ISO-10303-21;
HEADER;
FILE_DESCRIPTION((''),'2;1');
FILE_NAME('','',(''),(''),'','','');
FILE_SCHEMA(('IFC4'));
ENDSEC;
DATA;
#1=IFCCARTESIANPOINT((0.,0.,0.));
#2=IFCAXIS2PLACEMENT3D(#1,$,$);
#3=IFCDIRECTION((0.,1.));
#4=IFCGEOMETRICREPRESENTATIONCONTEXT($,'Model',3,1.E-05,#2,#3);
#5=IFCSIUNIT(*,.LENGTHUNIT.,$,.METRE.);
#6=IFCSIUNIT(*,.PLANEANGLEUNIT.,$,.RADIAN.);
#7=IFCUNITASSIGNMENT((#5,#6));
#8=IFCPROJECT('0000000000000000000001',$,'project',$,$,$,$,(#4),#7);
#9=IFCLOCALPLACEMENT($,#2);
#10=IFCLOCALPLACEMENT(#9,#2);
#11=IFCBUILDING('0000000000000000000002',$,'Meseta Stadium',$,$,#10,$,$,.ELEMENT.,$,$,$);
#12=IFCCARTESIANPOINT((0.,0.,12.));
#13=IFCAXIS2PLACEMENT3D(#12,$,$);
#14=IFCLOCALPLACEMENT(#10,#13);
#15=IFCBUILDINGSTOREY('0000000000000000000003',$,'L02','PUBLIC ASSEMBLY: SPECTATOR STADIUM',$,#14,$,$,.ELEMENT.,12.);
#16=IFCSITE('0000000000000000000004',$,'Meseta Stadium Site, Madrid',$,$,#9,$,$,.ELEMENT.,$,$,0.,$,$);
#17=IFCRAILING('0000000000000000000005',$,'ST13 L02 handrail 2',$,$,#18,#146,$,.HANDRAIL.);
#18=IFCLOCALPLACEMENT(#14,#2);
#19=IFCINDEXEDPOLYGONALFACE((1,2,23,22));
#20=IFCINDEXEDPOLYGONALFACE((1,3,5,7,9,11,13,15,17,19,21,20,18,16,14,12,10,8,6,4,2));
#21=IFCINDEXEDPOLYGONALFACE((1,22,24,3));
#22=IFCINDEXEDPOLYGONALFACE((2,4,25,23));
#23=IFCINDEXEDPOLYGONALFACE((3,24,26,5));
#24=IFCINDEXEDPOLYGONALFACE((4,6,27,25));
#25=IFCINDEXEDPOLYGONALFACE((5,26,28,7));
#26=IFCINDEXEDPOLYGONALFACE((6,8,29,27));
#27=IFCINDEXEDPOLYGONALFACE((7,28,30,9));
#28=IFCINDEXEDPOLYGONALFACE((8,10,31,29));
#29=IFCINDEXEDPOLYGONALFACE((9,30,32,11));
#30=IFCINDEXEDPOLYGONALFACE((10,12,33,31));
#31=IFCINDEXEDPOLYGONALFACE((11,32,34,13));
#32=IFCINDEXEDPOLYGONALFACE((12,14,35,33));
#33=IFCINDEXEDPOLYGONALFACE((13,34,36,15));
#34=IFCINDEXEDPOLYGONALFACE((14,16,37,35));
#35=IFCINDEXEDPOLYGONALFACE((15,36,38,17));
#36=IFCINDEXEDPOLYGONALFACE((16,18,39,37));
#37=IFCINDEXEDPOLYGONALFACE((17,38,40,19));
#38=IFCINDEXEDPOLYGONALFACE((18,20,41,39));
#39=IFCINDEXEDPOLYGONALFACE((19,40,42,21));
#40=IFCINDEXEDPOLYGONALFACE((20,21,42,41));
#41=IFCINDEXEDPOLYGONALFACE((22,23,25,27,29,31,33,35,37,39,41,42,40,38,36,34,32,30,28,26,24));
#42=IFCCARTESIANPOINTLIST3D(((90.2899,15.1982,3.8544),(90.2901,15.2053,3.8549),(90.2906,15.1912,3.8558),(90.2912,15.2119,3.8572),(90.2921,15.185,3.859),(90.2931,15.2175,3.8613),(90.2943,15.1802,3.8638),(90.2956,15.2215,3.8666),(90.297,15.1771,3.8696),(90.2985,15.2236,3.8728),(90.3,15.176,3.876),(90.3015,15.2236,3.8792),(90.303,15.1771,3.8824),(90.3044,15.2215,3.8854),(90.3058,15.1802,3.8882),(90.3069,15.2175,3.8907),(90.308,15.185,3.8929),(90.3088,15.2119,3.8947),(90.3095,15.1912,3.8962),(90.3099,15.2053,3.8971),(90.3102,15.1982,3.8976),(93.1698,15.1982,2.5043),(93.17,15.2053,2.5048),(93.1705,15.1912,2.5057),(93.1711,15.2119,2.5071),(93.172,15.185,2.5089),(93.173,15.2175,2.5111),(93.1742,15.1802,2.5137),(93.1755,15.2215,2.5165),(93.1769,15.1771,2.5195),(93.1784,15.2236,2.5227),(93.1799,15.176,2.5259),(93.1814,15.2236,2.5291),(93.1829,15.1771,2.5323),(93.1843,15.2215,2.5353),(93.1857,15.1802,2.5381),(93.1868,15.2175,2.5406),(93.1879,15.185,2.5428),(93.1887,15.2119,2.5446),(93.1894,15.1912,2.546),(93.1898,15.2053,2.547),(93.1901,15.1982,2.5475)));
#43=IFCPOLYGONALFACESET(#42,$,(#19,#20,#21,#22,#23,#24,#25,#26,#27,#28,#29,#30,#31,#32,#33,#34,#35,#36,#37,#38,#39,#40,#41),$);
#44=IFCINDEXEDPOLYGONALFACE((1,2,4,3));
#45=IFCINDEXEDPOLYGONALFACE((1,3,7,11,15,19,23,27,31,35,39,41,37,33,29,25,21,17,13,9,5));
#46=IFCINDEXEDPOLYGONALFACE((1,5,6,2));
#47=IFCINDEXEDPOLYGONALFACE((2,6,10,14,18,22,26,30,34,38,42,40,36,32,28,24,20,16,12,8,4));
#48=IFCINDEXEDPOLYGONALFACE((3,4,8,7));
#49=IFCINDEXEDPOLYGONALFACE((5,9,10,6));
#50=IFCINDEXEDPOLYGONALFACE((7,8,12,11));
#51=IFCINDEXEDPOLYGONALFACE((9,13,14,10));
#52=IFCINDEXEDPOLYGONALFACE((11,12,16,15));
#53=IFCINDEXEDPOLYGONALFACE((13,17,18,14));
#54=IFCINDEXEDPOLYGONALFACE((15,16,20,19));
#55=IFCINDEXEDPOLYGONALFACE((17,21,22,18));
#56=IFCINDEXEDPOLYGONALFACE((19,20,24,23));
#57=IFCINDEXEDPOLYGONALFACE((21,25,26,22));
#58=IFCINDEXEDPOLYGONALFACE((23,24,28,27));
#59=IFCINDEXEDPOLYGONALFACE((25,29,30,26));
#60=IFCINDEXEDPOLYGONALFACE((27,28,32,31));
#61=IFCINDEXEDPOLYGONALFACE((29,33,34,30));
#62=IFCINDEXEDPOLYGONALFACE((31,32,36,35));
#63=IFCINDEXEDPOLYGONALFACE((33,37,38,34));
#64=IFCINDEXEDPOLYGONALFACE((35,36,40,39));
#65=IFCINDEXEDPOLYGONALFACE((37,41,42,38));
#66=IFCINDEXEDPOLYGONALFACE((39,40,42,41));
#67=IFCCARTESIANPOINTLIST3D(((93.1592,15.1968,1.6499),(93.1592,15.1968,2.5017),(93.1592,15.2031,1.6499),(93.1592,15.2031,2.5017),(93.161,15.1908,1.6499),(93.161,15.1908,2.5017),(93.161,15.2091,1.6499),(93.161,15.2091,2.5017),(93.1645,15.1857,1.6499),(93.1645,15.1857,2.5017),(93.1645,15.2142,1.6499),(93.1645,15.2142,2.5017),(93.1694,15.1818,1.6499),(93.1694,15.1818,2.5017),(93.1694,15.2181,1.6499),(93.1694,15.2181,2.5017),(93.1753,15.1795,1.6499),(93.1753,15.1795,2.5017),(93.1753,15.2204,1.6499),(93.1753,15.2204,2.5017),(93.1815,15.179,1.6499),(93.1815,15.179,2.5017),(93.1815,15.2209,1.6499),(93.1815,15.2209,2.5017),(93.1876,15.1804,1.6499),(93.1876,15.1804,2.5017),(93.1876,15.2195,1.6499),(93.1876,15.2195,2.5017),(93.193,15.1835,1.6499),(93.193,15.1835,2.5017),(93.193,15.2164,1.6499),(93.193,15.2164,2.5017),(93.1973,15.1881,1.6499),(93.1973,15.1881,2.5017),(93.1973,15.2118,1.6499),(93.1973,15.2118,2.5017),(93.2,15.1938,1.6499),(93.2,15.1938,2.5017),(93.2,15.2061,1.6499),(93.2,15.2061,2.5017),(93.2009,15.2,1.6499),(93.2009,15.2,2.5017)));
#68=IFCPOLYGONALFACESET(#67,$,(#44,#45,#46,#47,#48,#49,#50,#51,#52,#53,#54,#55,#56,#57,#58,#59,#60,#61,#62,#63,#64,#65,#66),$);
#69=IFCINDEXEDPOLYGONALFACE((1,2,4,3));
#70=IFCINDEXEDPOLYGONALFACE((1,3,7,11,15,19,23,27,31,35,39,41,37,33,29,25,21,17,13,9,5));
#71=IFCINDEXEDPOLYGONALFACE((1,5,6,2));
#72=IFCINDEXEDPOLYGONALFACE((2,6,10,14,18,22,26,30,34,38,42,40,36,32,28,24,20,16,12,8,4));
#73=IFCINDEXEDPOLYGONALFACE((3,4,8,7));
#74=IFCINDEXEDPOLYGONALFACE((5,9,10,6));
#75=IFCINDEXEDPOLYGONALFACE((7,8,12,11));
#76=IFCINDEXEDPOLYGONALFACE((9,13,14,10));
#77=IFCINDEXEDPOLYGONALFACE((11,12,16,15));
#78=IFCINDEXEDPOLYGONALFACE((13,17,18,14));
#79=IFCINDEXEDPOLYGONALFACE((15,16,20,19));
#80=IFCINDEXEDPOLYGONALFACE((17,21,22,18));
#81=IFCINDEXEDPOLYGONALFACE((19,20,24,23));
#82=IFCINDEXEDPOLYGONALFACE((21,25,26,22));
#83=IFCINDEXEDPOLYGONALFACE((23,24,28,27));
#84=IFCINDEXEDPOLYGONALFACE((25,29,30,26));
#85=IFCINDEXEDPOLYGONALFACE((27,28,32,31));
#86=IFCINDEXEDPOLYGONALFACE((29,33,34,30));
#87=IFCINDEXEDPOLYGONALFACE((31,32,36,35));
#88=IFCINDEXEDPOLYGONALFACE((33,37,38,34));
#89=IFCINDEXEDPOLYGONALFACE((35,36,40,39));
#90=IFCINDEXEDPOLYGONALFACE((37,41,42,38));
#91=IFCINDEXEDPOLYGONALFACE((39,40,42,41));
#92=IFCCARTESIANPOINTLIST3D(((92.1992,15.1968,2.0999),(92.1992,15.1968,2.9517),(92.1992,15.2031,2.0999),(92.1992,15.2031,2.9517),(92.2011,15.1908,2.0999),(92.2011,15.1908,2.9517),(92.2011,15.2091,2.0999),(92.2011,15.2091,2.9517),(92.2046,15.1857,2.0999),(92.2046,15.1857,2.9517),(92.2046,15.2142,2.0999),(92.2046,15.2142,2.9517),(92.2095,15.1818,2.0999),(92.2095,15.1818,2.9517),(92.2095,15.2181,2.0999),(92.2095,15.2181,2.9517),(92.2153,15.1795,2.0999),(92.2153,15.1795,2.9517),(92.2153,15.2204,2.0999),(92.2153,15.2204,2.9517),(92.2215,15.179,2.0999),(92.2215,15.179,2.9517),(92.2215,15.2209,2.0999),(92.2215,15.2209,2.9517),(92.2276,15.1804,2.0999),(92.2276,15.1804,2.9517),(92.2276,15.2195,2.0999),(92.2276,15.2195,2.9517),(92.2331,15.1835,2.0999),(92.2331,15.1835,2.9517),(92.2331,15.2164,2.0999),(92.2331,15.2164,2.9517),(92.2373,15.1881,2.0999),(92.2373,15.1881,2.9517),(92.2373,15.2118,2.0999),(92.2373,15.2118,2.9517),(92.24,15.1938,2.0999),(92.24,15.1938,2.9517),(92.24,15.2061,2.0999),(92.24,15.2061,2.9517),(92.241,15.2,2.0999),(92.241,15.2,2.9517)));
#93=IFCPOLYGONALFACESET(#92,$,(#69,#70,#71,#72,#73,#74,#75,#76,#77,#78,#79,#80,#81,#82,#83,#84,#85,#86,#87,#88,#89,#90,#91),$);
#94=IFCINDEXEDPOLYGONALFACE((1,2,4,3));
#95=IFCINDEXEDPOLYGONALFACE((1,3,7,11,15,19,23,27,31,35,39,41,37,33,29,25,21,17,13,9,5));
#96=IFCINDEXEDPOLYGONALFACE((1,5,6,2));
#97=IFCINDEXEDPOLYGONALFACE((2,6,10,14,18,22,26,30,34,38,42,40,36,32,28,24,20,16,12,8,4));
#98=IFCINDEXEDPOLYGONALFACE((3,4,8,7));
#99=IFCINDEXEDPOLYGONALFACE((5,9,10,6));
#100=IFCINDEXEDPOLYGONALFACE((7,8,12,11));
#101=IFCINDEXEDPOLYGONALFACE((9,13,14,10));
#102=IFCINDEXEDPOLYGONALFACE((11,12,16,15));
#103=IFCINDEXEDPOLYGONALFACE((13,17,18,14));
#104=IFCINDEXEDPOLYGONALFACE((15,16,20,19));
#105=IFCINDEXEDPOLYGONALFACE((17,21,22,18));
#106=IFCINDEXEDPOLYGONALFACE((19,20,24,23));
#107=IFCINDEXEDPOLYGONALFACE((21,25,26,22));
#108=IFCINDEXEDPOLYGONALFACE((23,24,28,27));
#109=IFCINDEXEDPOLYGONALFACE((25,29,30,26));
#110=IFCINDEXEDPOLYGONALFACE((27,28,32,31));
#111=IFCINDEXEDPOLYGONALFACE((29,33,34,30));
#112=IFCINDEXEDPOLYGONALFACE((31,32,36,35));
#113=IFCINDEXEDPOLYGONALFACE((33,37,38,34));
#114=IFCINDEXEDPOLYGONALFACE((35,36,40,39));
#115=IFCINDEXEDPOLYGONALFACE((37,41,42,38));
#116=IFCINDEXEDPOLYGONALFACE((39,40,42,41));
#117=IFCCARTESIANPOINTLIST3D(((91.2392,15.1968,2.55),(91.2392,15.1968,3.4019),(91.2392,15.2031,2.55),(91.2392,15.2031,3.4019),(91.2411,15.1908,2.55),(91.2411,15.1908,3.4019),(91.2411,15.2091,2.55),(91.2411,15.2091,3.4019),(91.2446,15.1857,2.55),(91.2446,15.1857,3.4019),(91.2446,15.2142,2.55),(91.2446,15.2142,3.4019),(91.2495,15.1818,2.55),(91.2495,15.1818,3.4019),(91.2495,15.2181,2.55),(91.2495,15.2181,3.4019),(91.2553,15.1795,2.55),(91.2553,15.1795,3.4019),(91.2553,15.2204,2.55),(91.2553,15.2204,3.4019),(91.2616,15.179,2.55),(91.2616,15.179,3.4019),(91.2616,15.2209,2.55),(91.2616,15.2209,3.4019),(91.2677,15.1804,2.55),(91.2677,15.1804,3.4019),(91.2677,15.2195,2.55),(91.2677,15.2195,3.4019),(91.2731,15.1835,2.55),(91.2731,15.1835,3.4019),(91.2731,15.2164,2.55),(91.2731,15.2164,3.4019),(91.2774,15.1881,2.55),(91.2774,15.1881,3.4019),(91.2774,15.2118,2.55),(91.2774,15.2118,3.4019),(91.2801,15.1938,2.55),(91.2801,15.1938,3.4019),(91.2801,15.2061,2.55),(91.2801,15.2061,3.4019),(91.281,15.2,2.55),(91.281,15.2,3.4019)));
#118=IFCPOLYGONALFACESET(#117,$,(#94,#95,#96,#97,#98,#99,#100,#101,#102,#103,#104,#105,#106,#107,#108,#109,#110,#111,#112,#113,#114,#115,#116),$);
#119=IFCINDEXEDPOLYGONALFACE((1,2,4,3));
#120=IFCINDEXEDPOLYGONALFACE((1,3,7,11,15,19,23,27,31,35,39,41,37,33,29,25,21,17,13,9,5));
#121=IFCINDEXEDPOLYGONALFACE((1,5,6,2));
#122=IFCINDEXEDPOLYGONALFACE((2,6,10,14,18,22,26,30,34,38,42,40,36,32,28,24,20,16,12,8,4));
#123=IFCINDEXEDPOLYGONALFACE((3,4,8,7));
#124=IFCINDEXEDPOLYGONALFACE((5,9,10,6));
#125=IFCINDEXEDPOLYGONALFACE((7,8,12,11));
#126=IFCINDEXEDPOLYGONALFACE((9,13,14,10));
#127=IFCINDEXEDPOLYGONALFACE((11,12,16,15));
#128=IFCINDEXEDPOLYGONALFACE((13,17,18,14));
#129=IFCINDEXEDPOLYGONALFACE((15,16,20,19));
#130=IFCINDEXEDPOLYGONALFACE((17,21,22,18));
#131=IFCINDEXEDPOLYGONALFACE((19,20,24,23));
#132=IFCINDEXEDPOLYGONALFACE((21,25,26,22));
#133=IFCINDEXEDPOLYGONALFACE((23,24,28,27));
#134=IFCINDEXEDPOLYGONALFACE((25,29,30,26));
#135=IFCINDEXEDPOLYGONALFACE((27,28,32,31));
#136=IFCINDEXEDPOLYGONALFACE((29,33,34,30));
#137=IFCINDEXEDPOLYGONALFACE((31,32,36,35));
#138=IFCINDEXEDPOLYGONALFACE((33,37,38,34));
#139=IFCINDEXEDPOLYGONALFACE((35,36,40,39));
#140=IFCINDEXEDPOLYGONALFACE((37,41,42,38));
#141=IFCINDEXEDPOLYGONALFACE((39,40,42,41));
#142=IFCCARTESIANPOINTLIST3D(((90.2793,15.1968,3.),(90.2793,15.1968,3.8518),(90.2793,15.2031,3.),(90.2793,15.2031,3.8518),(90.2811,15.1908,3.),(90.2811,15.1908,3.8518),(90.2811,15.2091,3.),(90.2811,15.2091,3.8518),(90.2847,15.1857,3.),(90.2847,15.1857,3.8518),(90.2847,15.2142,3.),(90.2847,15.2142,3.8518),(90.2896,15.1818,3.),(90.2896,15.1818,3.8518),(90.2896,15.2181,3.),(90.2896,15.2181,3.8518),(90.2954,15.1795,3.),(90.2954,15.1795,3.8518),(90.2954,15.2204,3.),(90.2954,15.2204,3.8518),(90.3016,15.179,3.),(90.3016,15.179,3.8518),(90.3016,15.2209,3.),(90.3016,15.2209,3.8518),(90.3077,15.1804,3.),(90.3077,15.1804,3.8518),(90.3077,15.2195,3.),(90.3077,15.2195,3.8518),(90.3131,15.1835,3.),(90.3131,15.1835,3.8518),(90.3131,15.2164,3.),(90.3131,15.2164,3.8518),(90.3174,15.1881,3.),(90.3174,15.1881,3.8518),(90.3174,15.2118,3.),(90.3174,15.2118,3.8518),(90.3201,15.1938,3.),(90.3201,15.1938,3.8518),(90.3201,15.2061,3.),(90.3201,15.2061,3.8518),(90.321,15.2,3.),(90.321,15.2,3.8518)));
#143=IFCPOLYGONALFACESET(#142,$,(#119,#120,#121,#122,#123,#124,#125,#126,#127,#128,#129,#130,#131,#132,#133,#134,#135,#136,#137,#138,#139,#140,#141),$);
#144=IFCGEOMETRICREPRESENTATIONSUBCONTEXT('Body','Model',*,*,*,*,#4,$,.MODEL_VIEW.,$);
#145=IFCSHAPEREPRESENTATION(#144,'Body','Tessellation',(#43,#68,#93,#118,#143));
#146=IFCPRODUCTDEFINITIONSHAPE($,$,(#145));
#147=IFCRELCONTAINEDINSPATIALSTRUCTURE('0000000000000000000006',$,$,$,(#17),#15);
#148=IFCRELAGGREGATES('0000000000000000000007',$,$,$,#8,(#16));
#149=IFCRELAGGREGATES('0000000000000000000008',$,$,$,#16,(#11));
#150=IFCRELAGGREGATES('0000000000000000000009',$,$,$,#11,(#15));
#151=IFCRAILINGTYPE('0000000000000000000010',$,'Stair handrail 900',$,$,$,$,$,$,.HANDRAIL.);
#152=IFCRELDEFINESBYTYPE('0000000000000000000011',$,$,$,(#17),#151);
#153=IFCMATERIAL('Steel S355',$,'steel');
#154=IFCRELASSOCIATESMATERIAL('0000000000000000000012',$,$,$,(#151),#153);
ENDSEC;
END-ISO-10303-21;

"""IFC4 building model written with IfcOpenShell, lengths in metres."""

from ifc_helpers import new_model, si_unit, direction, frame, origin, origin_2d, place, context, subcontext, project, spatial, circle, extrude, material, type_object, element, save


model = new_model("IFC4")

# Units and contexts
model_context = context("Model", 3, precision=1e-05, world=origin(), true_north=direction((0.0, 1.0)))
body_context = subcontext(model_context, "Body", "Model", "MODEL_VIEW")
ifc_project = project(units=[si_unit("LENGTHUNIT", "METRE"), si_unit("PLANEANGLEUNIT", "RADIAN")], contexts=[model_context])

# Site, building, storey
site_placement = place(None, origin())
site = spatial("IfcSite", under=ifc_project, at=site_placement, Name="Meseta Stadium Site, Madrid", CompositionType="ELEMENT", RefElevation=0.0)
building_placement = place(site_placement, origin())
building = spatial("IfcBuilding", under=site, at=building_placement, Name="Meseta Stadium", CompositionType="ELEMENT")
storey_placement = place(building_placement, frame((0.0, 0.0, 12.0)))
storey = spatial("IfcBuildingStorey", under=building, at=storey_placement, Name="L02", Description="PUBLIC ASSEMBLY: SPECTATOR STADIUM", CompositionType="ELEMENT", Elevation=12.0)

# Railing
ifc_material_1 = material(Name="Steel S355", Category="steel")
railing_type_1 = type_object("IfcRailingType", Name="Stair handrail 900", PredefinedType="HANDRAIL", material=ifc_material_1)
railing_1_placement = place(storey_placement, frame((93.1799, 15.2, 1.6499)))
element("IfcRailing", 1, at=railing_1_placement, inside=storey, type_object=railing_type_1, Name="ST13 L02 handrail 2", PredefinedType="HANDRAIL", context=body_context, shape_type="SweptSolid", body=[
    extrude(circle(Radius=0.0239, at=origin_2d()), frame((0.0, 0.0, 0.876), z_axis=(-0.90544, 0.0, 0.424473), x_axis=(0.0, -1.0, 0.0)), (0.0, 0.0, 1.0), 3.1807),
    extrude(circle(Radius=0.021, at=origin_2d()), origin(), (0.0, 0.0, 1.0), 0.8518),
    extrude(circle(Radius=0.021, at=origin_2d()), frame((-0.96, 0.0, 0.45)), (0.0, 0.0, 1.0), 0.8518),
    extrude(circle(Radius=0.021, at=origin_2d()), frame((-1.9199, 0.0, 0.9001)), (0.0, 0.0, 1.0), 0.8518),
    extrude(circle(Radius=0.021, at=origin_2d()), frame((-2.8799, 0.0, 1.3501)), (0.0, 0.0, 1.0), 0.8518),
])

save(model, "model.ifc")
